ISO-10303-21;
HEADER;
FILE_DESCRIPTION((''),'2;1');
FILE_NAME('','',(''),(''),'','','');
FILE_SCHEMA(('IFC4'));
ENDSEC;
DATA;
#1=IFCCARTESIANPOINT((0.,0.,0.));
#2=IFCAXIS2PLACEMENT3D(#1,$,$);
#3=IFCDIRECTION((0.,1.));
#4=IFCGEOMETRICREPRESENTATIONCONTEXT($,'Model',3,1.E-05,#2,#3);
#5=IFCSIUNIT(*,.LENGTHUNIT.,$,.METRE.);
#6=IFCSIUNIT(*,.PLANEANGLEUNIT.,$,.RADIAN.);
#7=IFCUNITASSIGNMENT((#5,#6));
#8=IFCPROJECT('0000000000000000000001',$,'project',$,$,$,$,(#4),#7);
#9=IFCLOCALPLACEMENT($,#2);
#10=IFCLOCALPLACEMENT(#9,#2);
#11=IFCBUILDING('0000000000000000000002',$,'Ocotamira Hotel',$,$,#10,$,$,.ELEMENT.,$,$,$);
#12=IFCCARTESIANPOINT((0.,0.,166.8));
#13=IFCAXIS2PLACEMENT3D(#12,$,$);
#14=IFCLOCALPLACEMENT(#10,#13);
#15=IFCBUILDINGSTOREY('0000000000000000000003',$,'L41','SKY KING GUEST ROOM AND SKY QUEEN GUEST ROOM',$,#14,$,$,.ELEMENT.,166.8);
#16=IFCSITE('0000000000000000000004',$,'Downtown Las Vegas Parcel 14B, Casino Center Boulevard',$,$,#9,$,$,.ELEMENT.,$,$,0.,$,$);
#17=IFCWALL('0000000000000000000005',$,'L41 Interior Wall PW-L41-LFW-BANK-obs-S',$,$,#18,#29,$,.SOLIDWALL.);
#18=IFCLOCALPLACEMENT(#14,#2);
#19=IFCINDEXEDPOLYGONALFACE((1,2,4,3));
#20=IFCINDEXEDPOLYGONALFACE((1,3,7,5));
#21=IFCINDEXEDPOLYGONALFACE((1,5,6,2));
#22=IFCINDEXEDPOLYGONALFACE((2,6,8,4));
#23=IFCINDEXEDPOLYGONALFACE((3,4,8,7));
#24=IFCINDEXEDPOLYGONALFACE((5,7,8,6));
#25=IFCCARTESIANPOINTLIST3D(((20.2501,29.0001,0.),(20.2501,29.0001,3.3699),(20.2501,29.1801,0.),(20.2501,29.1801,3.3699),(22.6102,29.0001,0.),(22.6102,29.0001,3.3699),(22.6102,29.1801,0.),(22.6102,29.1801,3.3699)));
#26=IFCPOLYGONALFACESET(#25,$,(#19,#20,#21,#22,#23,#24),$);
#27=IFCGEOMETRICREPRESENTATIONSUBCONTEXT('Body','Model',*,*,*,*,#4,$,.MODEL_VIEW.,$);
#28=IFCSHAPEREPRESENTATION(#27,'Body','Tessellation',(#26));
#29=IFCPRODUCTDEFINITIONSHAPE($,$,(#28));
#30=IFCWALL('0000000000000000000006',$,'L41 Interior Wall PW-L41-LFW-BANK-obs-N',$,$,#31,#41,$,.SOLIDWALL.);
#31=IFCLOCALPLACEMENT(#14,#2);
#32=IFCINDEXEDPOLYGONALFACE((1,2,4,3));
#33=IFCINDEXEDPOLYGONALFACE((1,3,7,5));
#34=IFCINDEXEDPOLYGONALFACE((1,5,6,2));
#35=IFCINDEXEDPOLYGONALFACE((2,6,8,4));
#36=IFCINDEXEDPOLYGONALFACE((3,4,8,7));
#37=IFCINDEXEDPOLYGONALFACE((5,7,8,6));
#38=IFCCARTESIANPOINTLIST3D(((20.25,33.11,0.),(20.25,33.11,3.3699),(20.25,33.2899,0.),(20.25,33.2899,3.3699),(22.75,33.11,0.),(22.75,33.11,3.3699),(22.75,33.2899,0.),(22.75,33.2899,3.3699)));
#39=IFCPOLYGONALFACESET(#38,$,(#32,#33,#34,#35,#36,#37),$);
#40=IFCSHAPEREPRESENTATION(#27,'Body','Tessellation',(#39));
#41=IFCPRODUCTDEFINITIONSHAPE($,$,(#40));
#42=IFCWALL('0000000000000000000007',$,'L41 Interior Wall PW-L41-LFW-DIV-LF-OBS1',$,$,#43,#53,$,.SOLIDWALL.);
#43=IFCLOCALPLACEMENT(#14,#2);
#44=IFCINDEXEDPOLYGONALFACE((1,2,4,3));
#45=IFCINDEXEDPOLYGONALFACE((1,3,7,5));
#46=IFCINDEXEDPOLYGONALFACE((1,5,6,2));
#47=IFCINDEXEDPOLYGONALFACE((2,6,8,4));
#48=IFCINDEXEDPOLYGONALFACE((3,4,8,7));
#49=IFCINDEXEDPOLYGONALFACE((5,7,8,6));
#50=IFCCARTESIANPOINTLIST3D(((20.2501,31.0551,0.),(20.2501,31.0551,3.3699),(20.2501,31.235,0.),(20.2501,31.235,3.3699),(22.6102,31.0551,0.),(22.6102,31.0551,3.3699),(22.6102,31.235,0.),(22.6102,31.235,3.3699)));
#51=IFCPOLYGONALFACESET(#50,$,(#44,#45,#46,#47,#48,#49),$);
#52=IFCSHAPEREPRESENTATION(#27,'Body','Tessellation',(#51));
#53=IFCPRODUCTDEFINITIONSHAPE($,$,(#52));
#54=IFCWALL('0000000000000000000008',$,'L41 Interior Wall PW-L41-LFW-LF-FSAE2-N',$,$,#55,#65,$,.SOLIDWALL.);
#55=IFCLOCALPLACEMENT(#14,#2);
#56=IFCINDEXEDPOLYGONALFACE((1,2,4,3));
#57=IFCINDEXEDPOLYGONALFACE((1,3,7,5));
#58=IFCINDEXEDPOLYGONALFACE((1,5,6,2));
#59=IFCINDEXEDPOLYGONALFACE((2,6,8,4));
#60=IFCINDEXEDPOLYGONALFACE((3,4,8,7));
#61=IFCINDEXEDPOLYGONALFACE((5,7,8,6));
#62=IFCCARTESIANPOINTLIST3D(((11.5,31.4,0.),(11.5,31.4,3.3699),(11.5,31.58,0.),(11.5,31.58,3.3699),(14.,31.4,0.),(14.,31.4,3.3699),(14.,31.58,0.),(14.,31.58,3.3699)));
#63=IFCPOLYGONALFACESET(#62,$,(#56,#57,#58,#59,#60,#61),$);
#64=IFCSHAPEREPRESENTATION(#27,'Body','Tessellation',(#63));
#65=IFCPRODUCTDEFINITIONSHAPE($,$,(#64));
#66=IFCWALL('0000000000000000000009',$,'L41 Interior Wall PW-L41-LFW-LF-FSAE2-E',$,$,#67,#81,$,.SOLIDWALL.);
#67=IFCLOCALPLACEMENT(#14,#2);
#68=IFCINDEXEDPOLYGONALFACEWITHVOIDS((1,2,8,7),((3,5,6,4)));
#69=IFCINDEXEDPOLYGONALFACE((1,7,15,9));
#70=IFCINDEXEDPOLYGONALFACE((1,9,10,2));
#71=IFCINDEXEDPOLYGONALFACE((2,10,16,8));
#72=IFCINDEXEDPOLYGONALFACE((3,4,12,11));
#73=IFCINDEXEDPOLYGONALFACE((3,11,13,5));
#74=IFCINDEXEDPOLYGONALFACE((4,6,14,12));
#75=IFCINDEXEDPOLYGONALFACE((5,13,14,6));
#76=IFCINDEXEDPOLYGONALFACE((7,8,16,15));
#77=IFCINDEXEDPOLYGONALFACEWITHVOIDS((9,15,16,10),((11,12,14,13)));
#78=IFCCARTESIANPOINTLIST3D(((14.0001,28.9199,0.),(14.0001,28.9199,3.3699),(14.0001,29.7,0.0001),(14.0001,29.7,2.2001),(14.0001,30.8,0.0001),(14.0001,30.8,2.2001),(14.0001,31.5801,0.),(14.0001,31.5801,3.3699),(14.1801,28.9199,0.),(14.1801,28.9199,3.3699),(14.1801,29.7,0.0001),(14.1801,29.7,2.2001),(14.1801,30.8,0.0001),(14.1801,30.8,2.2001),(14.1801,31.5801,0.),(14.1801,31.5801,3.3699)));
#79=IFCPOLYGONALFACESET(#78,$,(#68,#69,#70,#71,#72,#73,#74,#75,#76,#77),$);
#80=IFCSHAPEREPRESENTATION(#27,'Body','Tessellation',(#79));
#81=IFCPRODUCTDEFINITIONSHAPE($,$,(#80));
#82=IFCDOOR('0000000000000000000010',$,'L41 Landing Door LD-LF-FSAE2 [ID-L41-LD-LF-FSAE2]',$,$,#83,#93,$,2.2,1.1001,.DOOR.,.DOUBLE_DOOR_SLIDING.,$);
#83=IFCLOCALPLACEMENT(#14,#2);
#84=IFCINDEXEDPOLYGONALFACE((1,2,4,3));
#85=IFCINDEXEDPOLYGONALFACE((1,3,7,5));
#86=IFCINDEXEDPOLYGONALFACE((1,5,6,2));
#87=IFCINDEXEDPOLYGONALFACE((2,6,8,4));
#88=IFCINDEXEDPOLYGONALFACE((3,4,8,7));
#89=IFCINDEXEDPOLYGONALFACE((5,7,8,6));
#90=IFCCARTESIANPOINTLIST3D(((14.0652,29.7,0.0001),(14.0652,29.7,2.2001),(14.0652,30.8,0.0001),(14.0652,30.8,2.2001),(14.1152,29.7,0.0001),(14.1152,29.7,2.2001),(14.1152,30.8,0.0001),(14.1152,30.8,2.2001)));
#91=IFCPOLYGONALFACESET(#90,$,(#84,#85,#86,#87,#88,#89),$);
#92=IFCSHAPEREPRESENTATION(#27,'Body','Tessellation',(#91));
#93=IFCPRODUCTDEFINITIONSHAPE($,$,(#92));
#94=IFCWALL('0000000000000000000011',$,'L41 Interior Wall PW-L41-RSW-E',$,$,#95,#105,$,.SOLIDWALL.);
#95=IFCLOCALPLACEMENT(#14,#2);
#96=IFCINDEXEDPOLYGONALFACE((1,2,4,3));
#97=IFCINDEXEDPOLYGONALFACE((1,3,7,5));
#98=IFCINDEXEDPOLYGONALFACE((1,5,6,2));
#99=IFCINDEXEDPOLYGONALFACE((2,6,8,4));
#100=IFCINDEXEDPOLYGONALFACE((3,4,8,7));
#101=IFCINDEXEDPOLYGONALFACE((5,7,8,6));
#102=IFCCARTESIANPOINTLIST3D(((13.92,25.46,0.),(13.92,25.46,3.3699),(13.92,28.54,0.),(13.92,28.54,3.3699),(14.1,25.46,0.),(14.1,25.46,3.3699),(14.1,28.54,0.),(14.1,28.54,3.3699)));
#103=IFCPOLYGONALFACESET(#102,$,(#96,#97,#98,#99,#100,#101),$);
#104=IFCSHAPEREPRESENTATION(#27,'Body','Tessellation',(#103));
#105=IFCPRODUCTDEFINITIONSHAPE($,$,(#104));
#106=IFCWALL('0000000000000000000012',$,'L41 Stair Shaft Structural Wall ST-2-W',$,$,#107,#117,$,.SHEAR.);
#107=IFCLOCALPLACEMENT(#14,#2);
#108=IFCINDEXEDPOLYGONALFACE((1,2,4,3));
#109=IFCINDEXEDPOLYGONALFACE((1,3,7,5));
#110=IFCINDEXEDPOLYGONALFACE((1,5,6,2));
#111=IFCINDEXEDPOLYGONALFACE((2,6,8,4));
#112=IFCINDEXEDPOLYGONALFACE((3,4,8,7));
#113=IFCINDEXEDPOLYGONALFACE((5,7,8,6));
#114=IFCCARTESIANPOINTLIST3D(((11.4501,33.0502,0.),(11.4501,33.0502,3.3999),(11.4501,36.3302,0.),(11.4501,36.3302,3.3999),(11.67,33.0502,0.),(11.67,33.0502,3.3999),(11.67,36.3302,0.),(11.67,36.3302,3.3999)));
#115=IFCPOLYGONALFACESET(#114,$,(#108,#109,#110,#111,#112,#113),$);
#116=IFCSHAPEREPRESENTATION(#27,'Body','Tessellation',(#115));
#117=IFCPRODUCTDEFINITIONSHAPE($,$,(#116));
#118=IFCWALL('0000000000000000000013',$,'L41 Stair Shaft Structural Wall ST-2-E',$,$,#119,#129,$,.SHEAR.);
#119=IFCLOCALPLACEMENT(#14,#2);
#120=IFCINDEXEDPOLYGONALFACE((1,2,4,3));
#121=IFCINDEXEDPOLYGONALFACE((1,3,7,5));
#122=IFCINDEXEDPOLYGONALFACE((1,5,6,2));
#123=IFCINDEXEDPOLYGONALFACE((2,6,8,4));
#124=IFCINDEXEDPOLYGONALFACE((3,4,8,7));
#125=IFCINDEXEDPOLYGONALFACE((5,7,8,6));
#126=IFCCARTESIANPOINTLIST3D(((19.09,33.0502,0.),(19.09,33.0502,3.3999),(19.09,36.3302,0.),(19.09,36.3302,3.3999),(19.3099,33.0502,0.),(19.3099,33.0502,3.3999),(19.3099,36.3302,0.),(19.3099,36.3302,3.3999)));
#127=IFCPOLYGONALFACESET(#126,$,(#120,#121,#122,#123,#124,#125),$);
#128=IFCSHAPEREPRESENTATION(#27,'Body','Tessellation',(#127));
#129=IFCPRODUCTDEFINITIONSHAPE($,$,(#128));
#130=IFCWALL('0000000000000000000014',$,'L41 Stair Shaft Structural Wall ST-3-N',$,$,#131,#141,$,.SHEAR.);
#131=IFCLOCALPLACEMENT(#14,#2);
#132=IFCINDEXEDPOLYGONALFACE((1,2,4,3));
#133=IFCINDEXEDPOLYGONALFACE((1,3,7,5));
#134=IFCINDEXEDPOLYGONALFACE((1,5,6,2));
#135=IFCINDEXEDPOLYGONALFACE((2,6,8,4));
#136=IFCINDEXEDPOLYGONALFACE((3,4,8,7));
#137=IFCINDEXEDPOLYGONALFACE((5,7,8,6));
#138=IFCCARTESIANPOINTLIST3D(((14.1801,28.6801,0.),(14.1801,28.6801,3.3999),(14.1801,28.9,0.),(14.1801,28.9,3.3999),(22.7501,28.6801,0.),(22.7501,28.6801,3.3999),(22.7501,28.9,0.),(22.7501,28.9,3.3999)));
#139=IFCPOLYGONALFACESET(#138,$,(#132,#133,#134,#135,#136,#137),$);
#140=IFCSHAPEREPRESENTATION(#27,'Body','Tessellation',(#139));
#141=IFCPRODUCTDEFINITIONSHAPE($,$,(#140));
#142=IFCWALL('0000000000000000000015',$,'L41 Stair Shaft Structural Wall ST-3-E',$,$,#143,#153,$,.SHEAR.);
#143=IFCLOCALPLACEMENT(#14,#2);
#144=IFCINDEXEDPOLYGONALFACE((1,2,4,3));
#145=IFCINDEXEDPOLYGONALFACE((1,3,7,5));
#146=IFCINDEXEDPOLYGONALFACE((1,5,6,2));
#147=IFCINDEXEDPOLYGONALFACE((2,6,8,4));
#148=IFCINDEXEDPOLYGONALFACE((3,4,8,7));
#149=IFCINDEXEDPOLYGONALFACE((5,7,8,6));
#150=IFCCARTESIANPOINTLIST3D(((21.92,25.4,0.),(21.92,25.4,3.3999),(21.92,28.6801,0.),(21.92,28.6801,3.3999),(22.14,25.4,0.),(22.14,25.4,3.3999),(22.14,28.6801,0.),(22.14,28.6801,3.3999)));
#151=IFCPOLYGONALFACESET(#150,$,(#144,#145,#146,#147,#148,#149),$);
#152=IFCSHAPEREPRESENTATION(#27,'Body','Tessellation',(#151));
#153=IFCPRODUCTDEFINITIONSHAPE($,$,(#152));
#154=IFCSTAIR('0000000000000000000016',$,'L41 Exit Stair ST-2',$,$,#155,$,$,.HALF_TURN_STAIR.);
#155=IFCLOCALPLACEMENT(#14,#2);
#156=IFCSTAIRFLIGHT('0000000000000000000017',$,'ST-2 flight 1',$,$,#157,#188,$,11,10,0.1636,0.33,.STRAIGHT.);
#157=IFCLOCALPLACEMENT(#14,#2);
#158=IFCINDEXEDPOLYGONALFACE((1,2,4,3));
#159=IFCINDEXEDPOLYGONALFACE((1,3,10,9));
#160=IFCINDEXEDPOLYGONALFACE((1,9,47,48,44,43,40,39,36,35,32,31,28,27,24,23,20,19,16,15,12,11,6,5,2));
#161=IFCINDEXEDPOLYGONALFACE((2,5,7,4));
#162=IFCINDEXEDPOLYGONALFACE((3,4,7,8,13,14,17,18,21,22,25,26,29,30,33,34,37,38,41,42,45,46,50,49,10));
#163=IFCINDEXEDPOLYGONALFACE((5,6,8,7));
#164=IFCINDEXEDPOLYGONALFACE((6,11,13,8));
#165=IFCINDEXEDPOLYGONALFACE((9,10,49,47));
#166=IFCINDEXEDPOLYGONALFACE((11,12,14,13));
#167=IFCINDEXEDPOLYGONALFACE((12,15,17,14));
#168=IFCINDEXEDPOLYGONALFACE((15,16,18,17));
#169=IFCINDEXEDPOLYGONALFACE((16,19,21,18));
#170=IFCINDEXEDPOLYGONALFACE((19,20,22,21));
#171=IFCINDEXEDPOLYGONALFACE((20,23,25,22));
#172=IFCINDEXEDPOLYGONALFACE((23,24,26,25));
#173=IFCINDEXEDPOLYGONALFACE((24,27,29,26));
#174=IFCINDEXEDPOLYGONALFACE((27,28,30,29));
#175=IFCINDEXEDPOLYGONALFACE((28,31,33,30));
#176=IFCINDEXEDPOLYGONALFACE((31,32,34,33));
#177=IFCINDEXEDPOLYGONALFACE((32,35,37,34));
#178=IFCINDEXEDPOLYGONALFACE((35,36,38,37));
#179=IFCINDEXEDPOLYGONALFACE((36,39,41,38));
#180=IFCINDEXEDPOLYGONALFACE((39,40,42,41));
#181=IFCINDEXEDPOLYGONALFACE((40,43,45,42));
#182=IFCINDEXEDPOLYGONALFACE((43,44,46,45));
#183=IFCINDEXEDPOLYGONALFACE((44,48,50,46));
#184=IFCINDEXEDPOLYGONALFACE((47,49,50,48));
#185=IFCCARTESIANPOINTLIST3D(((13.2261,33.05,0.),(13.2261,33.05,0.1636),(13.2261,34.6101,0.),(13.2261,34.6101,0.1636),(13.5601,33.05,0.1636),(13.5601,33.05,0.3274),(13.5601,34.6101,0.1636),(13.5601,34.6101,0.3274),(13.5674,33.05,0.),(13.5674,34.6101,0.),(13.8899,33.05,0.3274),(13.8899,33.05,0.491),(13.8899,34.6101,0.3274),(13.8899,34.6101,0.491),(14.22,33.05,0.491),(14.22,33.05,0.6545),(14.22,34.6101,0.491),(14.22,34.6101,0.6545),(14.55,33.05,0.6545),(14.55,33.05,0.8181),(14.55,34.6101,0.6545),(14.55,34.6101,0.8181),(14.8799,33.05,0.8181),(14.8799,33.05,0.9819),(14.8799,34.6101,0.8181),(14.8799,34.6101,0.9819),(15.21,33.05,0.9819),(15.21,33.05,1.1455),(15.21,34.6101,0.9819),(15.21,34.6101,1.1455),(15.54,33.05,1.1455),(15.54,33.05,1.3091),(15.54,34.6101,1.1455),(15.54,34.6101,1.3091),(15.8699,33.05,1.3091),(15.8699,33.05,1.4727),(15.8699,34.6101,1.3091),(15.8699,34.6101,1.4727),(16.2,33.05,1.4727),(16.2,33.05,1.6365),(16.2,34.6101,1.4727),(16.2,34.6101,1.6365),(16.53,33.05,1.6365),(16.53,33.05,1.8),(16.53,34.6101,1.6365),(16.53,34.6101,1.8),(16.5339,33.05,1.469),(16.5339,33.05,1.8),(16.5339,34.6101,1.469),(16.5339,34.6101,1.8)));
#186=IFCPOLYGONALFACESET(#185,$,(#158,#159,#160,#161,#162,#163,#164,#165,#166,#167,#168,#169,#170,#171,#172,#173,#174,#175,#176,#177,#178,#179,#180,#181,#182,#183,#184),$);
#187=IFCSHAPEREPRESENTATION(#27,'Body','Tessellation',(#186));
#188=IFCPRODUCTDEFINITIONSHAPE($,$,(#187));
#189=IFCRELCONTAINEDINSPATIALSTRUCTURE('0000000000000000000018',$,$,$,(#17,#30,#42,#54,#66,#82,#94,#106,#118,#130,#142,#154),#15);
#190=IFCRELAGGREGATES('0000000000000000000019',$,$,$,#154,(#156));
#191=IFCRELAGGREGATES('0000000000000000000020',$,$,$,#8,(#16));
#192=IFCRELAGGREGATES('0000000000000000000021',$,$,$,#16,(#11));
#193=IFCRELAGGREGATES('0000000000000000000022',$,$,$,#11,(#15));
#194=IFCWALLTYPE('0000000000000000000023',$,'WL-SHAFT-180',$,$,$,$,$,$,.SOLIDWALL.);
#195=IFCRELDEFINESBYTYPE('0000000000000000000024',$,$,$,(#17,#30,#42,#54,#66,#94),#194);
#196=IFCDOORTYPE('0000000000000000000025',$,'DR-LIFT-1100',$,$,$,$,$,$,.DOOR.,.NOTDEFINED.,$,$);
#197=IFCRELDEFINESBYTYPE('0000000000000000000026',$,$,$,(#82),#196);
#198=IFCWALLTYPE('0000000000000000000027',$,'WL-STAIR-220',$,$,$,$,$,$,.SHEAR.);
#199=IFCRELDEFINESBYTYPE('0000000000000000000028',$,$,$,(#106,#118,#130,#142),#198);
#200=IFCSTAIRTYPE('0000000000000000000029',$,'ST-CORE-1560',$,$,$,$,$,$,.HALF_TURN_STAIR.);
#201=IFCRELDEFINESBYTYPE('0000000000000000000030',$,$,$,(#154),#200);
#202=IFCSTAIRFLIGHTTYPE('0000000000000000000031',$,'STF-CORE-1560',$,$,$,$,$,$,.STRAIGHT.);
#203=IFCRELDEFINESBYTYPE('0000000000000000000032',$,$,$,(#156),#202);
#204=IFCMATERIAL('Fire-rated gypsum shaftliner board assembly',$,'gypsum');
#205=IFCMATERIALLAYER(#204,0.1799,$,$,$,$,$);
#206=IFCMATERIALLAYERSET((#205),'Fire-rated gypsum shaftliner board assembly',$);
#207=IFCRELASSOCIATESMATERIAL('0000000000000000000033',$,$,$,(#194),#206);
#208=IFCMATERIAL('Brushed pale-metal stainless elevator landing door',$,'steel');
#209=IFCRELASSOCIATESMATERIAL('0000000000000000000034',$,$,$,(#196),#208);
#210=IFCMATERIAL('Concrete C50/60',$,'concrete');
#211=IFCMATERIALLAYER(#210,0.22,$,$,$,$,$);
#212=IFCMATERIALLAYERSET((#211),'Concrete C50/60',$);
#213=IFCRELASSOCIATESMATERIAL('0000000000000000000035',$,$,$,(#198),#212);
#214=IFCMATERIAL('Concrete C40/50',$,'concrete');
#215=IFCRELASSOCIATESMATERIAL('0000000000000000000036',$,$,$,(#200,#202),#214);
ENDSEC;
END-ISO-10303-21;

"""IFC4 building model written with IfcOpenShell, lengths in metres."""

from ifc_helpers import new_model, si_unit, direction, frame, frame_2d, origin, place, context, subcontext, project, spatial, polyline, rectangle, outline, extrude, source, transform, mapped, material, layer, layer_set, type_object, element, fill, aggregate, save


model = new_model("IFC4")

# Units and contexts
model_context = context("Model", 3, precision=1e-05, world=origin(), true_north=direction((0.0, 1.0)))
body_context = subcontext(model_context, "Body", "Model", "MODEL_VIEW")
ifc_project = project(units=[si_unit("LENGTHUNIT", "METRE"), si_unit("PLANEANGLEUNIT", "RADIAN")], contexts=[model_context])

# Site, building, storey
site_placement = place(None, origin())
site = spatial("IfcSite", under=ifc_project, at=site_placement, Name="Downtown Las Vegas Parcel 14B, Casino Center Boulevard", CompositionType="ELEMENT", RefElevation=0.0)
building_placement = place(site_placement, origin())
building = spatial("IfcBuilding", under=site, at=building_placement, Name="Ocotamira Hotel", CompositionType="ELEMENT")
storey_placement = place(building_placement, frame((0.0, 0.0, 166.8)))
storey = spatial("IfcBuildingStorey", under=building, at=storey_placement, Name="L41", Description="SKY KING GUEST ROOM AND SKY QUEEN GUEST ROOM", CompositionType="ELEMENT", Elevation=166.8)

# Walls
ifc_material_1 = material(Name="Fire-rated gypsum shaftliner board assembly", Category="gypsum")
ifc_layer_1 = layer(ifc_material_1, 0.1799)
ifc_layer_set_1 = layer_set([ifc_layer_1], Name="Fire-rated gypsum shaftliner board assembly")
wall_type_1 = type_object("IfcWallType", Name="WL-SHAFT-180", PredefinedType="SOLIDWALL", material=ifc_layer_set_1)
wall_1_placement = place(storey_placement, frame((20.25, 29.0901, 0.0), z_axis=(0.0, 0.0, 1.0), x_axis=(1.0, 0.0, 0.0)))
element("IfcWall", 1, at=wall_1_placement, inside=storey, type_object=wall_type_1, Name="L41 Interior Wall PW-L41-LFW-BANK-obs-S", PredefinedType="SOLIDWALL", context=body_context, shape_type="SweptSolid", body=[
    extrude(rectangle(XDim=2.3601, YDim=0.1799, at=frame_2d((1.1802, 0.0))), origin(), (0.0, 0.0, 1.0), 3.3699),
])
wall_2_placement = place(storey_placement, frame((20.25, 33.2, 0.0), z_axis=(0.0, 0.0, 1.0), x_axis=(1.0, 0.0, 0.0)))
element("IfcWall", 2, at=wall_2_placement, inside=storey, type_object=wall_type_1, Name="L41 Interior Wall PW-L41-LFW-BANK-obs-N", PredefinedType="SOLIDWALL", context=body_context, shape_type="SweptSolid", body=[
    extrude(rectangle(XDim=2.5, YDim=0.1799, at=frame_2d((1.25, 0.0))), origin(), (0.0, 0.0, 1.0), 3.3699),
])
wall_3_placement = place(storey_placement, frame((20.25, 31.145, 0.0), z_axis=(0.0, 0.0, 1.0), x_axis=(1.0, 0.0, 0.0)))
element("IfcWall", 3, at=wall_3_placement, inside=storey, type_object=wall_type_1, Name="L41 Interior Wall PW-L41-LFW-DIV-LF-OBS1", PredefinedType="SOLIDWALL", context=body_context, shape_type="SweptSolid", body=[
    extrude(rectangle(XDim=2.3601, YDim=0.1799, at=frame_2d((1.1802, 0.0))), origin(), (0.0, 0.0, 1.0), 3.3699),
])
wall_4_placement = place(storey_placement, frame((11.5, 31.49, 0.0), z_axis=(0.0, 0.0, 1.0), x_axis=(1.0, 0.0, 0.0)))
element("IfcWall", 4, at=wall_4_placement, inside=storey, type_object=wall_type_1, Name="L41 Interior Wall PW-L41-LFW-LF-FSAE2-N", PredefinedType="SOLIDWALL", context=body_context, shape_type="SweptSolid", body=[
    extrude(rectangle(XDim=2.5, YDim=0.1799, at=frame_2d((1.25, 0.0))), origin(), (0.0, 0.0, 1.0), 3.3699),
])

# Wall, opening, door
wall_5_placement = place(storey_placement, frame((14.0901, 28.9199, 0.0), z_axis=(0.0, 0.0, 1.0), x_axis=(0.0, 1.0, 0.0)))
wall_5 = element("IfcWall", 5, at=wall_5_placement, inside=storey, type_object=wall_type_1, Name="L41 Interior Wall PW-L41-LFW-LF-FSAE2-E", PredefinedType="SOLIDWALL", context=body_context, shape_type="SweptSolid", body=[
    extrude(rectangle(XDim=2.6602, YDim=0.1799, at=frame_2d((1.3301, 0.0))), origin(), (0.0, 0.0, 1.0), 3.3699),
])
opening_1_placement = place(wall_5_placement, frame((0.78, 0.0, 0.0)))
opening_1 = element("IfcOpeningElement", 6, at=opening_1_placement, cuts=wall_5, PredefinedType="OPENING", context=body_context, shape_type="SweptSolid", body=[
    extrude(rectangle(XDim=1.1001, YDim=2.2, at=frame_2d((0.55, 1.1001))), frame((0.0, 0.1001, 0.0), z_axis=(0.0, -1.0, 0.0), x_axis=(1.0, 0.0, 0.0)), (0.0, 0.0, 1.0), 0.2),
])
ifc_material_2 = material(Name="Brushed pale-metal stainless elevator landing door", Category="steel")
door_type_1 = type_object("IfcDoorType", Name="DR-LIFT-1100", OperationType="NOTDEFINED", PredefinedType="DOOR", material=ifc_material_2)
shared_shape_1 = source(origin(), body_context, "Body", "SweptSolid", [
    extrude(rectangle(XDim=1.1001, YDim=2.2, at=frame_2d((0.55, 1.1001))), frame((0.0, 0.0249, 0.0), z_axis=(0.0, -1.0, 0.0), x_axis=(1.0, 0.0, 0.0)), (0.0, 0.0, 1.0), 0.05),
])
door_1_placement = place(opening_1_placement, origin())
door_1 = element("IfcDoor", 7, at=door_1_placement, inside=storey, type_object=door_type_1, Name="L41 Landing Door LD-LF-FSAE2 [ID-L41-LD-LF-FSAE2]", OperationType="DOUBLE_DOOR_SLIDING", OverallHeight=2.2, OverallWidth=1.1001, PredefinedType="DOOR", context=body_context, shape_type="MappedRepresentation", body=[
    mapped(shared_shape_1, transform((0.0, 0.0, 0.0), scale=1.0)),
])
fill(opening_1, door_1)

# Walls
wall_6_placement = place(storey_placement, frame((14.01, 25.46, 0.0), z_axis=(0.0, 0.0, 1.0), x_axis=(0.0, 1.0, 0.0)))
element("IfcWall", 8, at=wall_6_placement, inside=storey, type_object=wall_type_1, Name="L41 Interior Wall PW-L41-RSW-E", PredefinedType="SOLIDWALL", context=body_context, shape_type="SweptSolid", body=[
    extrude(rectangle(XDim=3.0801, YDim=0.1799, at=frame_2d((1.54, 0.0))), origin(), (0.0, 0.0, 1.0), 3.3699),
])
ifc_material_3 = material(Name="Concrete C50/60", Category="concrete")
ifc_layer_2 = layer(ifc_material_3, 0.22)
ifc_layer_set_2 = layer_set([ifc_layer_2], Name="Concrete C50/60")
wall_type_2 = type_object("IfcWallType", Name="WL-STAIR-220", PredefinedType="SHEAR", material=ifc_layer_set_2)
for number, where, z_axis, x_axis, name in (
    (9, (11.5601, 33.05, 0.0), (0.0, 0.0, 1.0), (0.0, 1.0, 0.0), "L41 Stair Shaft Structural Wall ST-2-W"),
    (10, (19.2, 33.05, 0.0), (0.0, 0.0, 1.0), (0.0, 1.0, 0.0), "L41 Stair Shaft Structural Wall ST-2-E"),
):
    element("IfcWall", number, at=place(storey_placement, frame(where, z_axis=z_axis, x_axis=x_axis)), inside=storey, type_object=wall_type_2, Name=name, PredefinedType="SHEAR", context=body_context, shape_type="SweptSolid", body=[
        extrude(rectangle(XDim=3.28, YDim=0.22, at=frame_2d((1.6401, 0.0))), origin(), (0.0, 0.0, 1.0), 3.3999),
    ])
wall_7_placement = place(storey_placement, frame((14.1799, 28.79, 0.0), z_axis=(0.0, 0.0, 1.0), x_axis=(1.0, 0.0, 0.0)))
element("IfcWall", 11, at=wall_7_placement, inside=storey, type_object=wall_type_2, Name="L41 Stair Shaft Structural Wall ST-3-N", PredefinedType="SHEAR", context=body_context, shape_type="SweptSolid", body=[
    extrude(rectangle(XDim=8.5701, YDim=0.22, at=frame_2d((4.2852, 0.0))), origin(), (0.0, 0.0, 1.0), 3.3999),
])
wall_8_placement = place(storey_placement, frame((22.03, 25.3999, 0.0), z_axis=(0.0, 0.0, 1.0), x_axis=(0.0, 1.0, 0.0)))
element("IfcWall", 12, at=wall_8_placement, inside=storey, type_object=wall_type_2, Name="L41 Stair Shaft Structural Wall ST-3-E", PredefinedType="SHEAR", context=body_context, shape_type="SweptSolid", body=[
    extrude(rectangle(XDim=3.28, YDim=0.22, at=frame_2d((1.6401, 0.0))), origin(), (0.0, 0.0, 1.0), 3.3999),
])

# Stair, stair flight
ifc_material_4 = material(Name="Concrete C40/50", Category="concrete")
stair_type = type_object("IfcStairType", Name="ST-CORE-1560", PredefinedType="HALF_TURN_STAIR", material=ifc_material_4)
stair_1_placement = place(storey_placement, origin())
stair_1 = element("IfcStair", 13, at=stair_1_placement, inside=storey, type_object=stair_type, Name="L41 Exit Stair ST-2", PredefinedType="HALF_TURN_STAIR")
stair_flight_type = type_object("IfcStairFlightType", Name="STF-CORE-1560", PredefinedType="STRAIGHT", material=ifc_material_4)
shared_shape_2 = source(origin(), body_context, "Body", "SweptSolid", [
    extrude(outline(polyline([(-0.0039, 0.0), (-0.0039, 0.1636), (0.3301, 0.1636), (0.3301, 0.3274), (0.6599, 0.3274), (0.6599, 0.491), (0.99, 0.491), (0.99, 0.6545), (1.3201, 0.6545), (1.3201, 0.8181), (1.6499, 0.8181), (1.6499, 0.9819), (1.98, 0.9819), (1.98, 1.1455), (2.3101, 1.1455), (2.3101, 1.3091), (2.6399, 1.3091), (2.6399, 1.4727), (2.97, 1.4727), (2.97, 1.6365), (3.3, 1.6365), (3.3, 1.8), (3.304, 1.8), (3.304, 1.469), (0.3374, 0.0), (-0.0039, 0.0)])), frame((0.0, 0.78, 0.0), z_axis=(0.0, -1.0, 0.0), x_axis=(1.0, 0.0, 0.0)), (0.0, 0.0, 1.0), 1.5601),
])
stair_flight_1_placement = place(storey_placement, frame((13.23, 33.8301, 0.0), z_axis=(0.0, 0.0, 1.0), x_axis=(1.0, 0.0, 0.0)))
stair_flight_1 = element("IfcStairFlight", 14, at=stair_flight_1_placement, type_object=stair_flight_type, Name="ST-2 flight 1", NumberOfRisers=11, NumberOfTreads=10, PredefinedType="STRAIGHT", RiserHeight=0.1636, TreadLength=0.33, context=body_context, shape_type="MappedRepresentation", body=[
    mapped(shared_shape_2, transform((0.0, 0.0, 0.0), scale=1.0)),
])
aggregate(stair_1, [stair_flight_1])

save(model, "model.ifc")
